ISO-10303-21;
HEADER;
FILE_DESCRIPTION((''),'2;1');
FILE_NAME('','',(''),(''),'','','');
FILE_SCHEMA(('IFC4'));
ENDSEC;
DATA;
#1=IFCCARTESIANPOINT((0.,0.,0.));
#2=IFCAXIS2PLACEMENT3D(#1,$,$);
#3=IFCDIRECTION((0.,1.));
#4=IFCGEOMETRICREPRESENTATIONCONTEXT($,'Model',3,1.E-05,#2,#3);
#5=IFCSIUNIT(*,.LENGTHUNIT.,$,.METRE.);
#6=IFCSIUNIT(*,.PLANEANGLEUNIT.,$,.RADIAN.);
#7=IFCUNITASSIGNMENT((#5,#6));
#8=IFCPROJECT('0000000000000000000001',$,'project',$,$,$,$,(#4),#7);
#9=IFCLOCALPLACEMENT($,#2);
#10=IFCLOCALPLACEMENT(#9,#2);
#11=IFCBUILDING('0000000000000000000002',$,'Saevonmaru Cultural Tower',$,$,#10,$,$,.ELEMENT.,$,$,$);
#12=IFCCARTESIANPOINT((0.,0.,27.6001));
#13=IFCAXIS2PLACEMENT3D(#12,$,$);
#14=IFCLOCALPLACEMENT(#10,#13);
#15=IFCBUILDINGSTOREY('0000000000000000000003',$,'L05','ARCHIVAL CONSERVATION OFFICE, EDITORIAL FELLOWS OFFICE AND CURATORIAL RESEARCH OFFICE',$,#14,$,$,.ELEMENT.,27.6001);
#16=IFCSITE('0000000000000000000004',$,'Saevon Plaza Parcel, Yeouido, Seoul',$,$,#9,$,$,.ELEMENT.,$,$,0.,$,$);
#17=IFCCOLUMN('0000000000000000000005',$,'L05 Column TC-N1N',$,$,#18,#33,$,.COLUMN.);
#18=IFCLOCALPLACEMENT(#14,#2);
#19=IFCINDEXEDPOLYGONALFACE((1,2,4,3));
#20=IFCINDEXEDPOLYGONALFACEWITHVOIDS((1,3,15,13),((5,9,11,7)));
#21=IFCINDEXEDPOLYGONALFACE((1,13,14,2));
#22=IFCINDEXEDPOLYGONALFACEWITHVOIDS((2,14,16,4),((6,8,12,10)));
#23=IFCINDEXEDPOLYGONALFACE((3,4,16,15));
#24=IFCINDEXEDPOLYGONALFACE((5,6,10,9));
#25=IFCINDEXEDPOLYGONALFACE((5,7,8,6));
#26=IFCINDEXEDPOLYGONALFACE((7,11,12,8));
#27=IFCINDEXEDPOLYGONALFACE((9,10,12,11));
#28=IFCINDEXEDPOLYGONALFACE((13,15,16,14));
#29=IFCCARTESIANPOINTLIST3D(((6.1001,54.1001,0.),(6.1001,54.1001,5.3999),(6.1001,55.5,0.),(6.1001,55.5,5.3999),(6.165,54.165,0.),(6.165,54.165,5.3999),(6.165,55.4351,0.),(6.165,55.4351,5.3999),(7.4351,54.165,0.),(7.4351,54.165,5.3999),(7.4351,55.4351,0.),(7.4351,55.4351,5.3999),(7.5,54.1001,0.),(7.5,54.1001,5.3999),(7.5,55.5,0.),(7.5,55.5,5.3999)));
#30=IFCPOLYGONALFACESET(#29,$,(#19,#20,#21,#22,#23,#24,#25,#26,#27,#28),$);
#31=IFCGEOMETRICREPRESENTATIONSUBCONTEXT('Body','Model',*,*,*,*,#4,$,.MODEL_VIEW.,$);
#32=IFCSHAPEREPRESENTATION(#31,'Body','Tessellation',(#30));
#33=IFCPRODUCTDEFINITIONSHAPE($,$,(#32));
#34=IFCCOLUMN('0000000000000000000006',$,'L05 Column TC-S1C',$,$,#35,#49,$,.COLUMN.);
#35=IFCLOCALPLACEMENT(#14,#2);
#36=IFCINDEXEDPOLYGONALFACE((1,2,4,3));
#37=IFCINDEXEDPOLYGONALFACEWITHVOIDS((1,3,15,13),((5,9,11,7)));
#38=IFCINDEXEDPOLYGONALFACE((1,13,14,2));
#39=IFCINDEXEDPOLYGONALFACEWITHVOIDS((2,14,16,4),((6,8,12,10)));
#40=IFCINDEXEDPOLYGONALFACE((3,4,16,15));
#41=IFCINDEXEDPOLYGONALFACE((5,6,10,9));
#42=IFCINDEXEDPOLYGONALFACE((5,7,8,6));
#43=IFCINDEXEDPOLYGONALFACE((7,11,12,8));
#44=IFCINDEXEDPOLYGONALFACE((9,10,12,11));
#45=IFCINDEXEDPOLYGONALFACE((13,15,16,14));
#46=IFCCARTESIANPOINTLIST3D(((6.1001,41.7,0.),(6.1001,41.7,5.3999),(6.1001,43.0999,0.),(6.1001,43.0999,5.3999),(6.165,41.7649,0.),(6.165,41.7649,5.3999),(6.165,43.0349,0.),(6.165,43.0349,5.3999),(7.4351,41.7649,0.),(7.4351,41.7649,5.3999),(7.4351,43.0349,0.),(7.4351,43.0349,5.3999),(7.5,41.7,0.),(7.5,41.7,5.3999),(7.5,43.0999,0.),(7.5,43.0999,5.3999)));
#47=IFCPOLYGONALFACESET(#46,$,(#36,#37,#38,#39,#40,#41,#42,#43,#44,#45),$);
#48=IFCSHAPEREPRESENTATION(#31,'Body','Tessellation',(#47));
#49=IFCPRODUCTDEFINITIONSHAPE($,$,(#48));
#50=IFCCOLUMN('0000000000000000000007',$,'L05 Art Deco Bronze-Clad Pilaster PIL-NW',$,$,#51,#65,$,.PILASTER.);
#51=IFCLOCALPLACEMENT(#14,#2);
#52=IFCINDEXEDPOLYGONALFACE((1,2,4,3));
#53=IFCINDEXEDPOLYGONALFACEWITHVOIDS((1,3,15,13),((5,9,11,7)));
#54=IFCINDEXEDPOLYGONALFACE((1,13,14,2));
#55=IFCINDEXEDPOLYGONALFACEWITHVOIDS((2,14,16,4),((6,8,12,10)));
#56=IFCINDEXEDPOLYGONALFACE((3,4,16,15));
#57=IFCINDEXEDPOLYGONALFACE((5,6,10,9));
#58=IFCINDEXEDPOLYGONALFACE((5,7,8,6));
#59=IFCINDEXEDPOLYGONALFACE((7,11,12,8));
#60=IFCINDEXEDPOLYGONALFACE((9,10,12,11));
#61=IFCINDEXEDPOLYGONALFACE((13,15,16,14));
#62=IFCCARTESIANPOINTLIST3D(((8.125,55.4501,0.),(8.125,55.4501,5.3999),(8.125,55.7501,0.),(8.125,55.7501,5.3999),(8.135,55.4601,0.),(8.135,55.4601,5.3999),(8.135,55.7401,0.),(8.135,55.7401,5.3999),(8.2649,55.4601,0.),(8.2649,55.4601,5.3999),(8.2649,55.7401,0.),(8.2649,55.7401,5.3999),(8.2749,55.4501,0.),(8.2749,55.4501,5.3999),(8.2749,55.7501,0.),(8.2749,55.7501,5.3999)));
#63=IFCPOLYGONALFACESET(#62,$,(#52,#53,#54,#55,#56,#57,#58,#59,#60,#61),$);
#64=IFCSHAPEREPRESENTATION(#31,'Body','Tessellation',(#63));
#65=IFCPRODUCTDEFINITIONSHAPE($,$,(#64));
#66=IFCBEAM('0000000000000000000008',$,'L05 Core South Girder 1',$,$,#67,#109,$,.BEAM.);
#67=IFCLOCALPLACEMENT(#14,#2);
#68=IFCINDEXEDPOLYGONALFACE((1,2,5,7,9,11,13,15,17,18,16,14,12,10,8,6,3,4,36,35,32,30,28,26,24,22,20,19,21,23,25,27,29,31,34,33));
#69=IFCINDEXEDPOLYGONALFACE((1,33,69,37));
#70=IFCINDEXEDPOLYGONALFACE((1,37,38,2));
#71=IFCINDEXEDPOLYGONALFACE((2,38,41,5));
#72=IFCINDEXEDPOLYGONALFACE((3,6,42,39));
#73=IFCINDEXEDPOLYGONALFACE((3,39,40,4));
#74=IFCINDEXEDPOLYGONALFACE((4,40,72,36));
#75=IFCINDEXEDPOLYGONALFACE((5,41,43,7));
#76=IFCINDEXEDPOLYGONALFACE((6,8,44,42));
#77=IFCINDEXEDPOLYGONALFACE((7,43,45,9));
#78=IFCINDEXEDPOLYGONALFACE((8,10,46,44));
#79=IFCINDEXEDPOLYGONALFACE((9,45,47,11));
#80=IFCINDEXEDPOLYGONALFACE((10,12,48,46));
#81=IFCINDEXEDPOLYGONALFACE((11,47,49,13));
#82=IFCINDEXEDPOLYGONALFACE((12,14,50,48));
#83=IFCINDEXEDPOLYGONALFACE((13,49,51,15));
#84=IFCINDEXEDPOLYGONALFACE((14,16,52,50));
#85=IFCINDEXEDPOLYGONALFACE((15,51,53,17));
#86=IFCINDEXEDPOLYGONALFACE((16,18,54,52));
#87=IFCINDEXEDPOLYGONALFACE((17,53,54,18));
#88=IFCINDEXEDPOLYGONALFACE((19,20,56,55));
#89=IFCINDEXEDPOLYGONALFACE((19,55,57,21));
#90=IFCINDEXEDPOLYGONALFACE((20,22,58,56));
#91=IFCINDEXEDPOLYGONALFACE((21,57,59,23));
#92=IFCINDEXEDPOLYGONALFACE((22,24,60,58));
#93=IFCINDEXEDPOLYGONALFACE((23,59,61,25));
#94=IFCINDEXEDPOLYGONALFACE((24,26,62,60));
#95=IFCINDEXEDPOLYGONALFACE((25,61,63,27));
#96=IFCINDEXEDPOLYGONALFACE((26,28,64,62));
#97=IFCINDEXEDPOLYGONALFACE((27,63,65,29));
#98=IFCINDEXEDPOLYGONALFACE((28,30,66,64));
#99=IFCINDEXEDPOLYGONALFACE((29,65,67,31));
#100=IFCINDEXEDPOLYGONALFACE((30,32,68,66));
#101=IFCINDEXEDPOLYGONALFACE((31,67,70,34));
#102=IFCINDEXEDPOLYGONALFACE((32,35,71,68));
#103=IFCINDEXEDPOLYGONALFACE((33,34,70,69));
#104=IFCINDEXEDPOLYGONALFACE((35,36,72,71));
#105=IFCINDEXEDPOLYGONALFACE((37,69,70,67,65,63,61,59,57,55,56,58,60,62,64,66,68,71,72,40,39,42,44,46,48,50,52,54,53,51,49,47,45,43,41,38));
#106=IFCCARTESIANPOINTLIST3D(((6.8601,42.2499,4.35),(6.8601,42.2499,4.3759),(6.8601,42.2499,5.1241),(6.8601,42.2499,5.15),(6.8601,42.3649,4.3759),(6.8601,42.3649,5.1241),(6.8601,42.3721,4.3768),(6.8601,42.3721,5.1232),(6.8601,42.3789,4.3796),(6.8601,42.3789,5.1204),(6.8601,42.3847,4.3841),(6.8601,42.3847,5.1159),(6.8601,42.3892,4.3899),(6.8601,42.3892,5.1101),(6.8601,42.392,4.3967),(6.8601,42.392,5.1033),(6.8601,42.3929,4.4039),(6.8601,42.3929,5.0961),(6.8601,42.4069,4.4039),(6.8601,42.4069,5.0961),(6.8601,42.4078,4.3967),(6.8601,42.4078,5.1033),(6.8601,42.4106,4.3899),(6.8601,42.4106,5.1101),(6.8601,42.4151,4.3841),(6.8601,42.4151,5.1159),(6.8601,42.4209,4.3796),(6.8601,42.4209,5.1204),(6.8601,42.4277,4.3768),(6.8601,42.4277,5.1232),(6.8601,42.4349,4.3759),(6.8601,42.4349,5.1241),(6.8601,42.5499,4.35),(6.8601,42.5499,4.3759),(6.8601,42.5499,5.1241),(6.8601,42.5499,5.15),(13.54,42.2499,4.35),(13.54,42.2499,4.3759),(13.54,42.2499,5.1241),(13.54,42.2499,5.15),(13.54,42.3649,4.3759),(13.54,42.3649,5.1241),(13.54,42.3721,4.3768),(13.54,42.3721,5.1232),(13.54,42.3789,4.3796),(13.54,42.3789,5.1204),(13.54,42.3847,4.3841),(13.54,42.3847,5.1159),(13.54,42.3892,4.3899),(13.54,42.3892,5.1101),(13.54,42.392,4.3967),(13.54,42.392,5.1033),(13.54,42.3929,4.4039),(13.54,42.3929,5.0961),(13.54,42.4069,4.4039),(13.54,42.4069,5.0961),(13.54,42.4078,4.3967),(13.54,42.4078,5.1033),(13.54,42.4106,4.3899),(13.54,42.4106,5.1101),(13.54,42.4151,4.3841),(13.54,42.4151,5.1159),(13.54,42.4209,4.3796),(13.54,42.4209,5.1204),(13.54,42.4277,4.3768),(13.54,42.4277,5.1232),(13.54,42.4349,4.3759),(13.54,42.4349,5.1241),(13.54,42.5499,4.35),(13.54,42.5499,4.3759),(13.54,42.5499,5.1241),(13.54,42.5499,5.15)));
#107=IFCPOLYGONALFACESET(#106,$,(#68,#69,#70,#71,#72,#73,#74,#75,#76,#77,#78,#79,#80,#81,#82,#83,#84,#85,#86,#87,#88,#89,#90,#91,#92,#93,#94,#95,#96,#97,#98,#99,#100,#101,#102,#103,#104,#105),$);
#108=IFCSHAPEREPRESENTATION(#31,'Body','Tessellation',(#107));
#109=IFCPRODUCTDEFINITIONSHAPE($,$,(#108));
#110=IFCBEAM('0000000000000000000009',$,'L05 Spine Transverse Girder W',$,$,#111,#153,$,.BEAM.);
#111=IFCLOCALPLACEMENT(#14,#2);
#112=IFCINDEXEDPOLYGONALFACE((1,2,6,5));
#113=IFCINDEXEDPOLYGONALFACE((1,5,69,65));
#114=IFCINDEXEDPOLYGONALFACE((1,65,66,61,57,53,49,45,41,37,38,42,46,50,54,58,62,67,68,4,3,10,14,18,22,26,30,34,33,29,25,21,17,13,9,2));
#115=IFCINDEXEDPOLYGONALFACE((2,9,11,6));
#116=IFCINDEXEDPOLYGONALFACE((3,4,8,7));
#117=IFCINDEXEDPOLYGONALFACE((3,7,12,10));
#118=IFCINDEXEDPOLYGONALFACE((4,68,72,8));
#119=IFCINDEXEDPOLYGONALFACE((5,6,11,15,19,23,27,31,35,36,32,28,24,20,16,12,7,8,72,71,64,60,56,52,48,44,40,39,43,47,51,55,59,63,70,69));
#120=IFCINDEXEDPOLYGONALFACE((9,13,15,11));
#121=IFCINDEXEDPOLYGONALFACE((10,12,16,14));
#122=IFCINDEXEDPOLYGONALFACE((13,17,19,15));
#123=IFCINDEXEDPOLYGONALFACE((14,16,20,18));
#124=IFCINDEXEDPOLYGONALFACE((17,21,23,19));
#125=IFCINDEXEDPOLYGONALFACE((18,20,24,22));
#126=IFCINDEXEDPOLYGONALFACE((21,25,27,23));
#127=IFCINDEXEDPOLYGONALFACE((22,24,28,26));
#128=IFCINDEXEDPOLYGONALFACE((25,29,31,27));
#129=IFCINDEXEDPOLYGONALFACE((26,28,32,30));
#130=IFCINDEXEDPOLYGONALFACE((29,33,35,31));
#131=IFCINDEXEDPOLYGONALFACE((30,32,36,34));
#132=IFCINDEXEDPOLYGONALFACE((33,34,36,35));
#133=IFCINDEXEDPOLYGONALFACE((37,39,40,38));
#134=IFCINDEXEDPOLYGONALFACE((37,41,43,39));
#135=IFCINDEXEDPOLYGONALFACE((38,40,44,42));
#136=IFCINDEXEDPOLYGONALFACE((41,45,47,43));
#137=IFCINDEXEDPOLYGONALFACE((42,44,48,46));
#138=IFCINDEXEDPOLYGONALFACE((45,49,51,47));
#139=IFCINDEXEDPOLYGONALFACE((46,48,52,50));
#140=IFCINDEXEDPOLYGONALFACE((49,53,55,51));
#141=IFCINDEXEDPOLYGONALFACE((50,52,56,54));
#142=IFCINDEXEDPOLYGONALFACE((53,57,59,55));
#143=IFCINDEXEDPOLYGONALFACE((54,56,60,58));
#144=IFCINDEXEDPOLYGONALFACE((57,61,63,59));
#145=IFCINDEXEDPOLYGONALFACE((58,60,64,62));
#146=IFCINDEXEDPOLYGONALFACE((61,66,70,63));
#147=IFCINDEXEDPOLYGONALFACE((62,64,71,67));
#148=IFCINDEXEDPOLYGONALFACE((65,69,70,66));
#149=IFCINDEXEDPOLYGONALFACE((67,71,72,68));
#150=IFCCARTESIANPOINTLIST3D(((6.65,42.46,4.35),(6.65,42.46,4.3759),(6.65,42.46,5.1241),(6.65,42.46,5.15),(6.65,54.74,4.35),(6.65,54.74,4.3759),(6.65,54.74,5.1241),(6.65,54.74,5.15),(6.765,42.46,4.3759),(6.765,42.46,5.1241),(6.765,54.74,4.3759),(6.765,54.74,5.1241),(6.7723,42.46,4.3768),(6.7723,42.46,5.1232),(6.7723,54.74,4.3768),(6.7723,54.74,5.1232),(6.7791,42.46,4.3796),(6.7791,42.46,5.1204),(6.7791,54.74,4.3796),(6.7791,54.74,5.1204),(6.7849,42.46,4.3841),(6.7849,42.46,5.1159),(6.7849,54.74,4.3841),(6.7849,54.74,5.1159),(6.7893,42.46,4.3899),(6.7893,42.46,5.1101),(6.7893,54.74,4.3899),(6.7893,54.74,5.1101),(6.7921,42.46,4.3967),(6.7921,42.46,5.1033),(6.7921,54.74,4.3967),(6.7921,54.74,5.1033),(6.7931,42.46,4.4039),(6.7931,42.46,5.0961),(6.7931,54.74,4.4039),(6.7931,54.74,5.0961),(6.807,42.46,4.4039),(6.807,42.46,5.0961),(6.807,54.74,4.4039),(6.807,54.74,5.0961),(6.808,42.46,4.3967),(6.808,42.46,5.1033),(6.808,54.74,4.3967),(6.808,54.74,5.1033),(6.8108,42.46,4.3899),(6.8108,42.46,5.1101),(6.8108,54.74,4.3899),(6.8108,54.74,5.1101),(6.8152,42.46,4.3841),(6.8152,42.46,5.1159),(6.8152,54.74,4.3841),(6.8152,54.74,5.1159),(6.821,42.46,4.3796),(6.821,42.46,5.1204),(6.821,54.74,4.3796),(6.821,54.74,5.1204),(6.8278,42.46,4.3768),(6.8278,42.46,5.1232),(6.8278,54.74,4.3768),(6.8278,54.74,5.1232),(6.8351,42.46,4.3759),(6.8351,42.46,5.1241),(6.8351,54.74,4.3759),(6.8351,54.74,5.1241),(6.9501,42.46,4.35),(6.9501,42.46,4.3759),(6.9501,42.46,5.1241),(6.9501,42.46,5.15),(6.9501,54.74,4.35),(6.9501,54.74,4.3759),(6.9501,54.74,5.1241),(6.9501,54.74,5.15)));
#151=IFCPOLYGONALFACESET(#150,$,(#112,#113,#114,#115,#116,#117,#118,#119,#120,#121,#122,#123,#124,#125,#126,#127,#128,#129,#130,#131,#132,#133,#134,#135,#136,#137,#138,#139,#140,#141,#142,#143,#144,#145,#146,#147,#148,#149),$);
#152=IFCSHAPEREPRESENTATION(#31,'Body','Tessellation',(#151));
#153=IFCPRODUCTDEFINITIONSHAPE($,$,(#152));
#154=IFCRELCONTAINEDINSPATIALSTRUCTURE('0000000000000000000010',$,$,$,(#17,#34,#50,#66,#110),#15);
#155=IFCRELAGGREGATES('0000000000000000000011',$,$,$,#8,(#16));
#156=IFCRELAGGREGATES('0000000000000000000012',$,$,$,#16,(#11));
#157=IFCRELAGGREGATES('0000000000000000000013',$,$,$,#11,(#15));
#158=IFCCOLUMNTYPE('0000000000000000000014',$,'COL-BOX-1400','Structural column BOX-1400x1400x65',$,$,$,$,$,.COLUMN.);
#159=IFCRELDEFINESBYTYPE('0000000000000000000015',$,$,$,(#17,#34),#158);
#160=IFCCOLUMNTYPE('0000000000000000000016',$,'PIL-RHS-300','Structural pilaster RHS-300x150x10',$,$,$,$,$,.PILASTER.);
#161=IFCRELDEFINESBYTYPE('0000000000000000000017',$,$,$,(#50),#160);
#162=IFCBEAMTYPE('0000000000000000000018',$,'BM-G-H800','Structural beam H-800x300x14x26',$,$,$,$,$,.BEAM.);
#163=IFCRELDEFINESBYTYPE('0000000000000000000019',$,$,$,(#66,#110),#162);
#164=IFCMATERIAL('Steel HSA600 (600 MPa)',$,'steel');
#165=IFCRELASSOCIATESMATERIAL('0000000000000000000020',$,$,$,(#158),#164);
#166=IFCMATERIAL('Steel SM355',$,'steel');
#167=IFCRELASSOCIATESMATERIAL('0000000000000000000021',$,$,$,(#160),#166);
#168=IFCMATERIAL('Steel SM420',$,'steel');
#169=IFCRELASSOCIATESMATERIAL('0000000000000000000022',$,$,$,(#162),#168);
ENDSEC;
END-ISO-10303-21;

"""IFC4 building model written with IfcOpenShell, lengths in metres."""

from ifc_helpers import new_model, si_unit, direction, frame, origin, origin_2d, place, context, subcontext, project, spatial, hollow_rectangle, i_section, extrude, material, material_profile, profile_set, type_object, element, save


model = new_model("IFC4")

# Units and contexts
model_context = context("Model", 3, precision=1e-05, world=origin(), true_north=direction((0.0, 1.0)))
body_context = subcontext(model_context, "Body", "Model", "MODEL_VIEW")
ifc_project = project(units=[si_unit("LENGTHUNIT", "METRE"), si_unit("PLANEANGLEUNIT", "RADIAN")], contexts=[model_context])

# Site, building, storey
site_placement = place(None, origin())
site = spatial("IfcSite", under=ifc_project, at=site_placement, Name="Saevon Plaza Parcel, Yeouido, Seoul", CompositionType="ELEMENT", RefElevation=0.0)
building_placement = place(site_placement, origin())
building = spatial("IfcBuilding", under=site, at=building_placement, Name="Saevonmaru Cultural Tower", CompositionType="ELEMENT")
storey_placement = place(building_placement, frame((0.0, 0.0, 27.6001)))
storey = spatial("IfcBuildingStorey", under=building, at=storey_placement, Name="L05", Description="ARCHIVAL CONSERVATION OFFICE, EDITORIAL FELLOWS OFFICE AND CURATORIAL RESEARCH OFFICE", CompositionType="ELEMENT", Elevation=27.6001)

# Columns
ifc_material_1 = material(Name="Steel HSA600 (600 MPa)", Category="steel")
ifc_material_profile_1 = material_profile(ifc_material_1, hollow_rectangle(XDim=1.3999, YDim=1.3999, WallThickness=0.0649, at=origin_2d()), Name="BOX-1400x1400x65")
ifc_profile_set_1 = profile_set([ifc_material_profile_1], Name="Steel HSA600 (600 MPa)")
column_type_1 = type_object("IfcColumnType", Name="COL-BOX-1400", Description="Structural column BOX-1400x1400x65", PredefinedType="COLUMN", material=ifc_profile_set_1)
for number, where, z_axis, x_axis, name in (
    (1, (6.8, 54.8, 0.0), (0.0, 0.0, 1.0), (1.0, 0.0, 0.0), "L05 Column TC-N1N"),
    (2, (6.8, 42.3999, 0.0), (0.0, 0.0, 1.0), (1.0, 0.0, 0.0), "L05 Column TC-S1C"),
):
    element("IfcColumn", number, at=place(storey_placement, frame(where, z_axis=z_axis, x_axis=x_axis)), inside=storey, type_object=column_type_1, Name=name, PredefinedType="COLUMN", context=body_context, shape_type="SweptSolid", body=[
        extrude(hollow_rectangle(XDim=1.3999, YDim=1.3999, WallThickness=0.0649, at=origin_2d()), origin(), (0.0, 0.0, 1.0), 5.3999),
    ])
ifc_material_2 = material(Name="Steel SM355", Category="steel")
ifc_material_profile_2 = material_profile(ifc_material_2, hollow_rectangle(XDim=0.1499, YDim=0.3, WallThickness=0.01, at=origin_2d()), Name="RHS-300x150x10")
ifc_profile_set_2 = profile_set([ifc_material_profile_2], Name="Steel SM355")
column_type_2 = type_object("IfcColumnType", Name="PIL-RHS-300", Description="Structural pilaster RHS-300x150x10", PredefinedType="PILASTER", material=ifc_profile_set_2)
column_placement = place(storey_placement, frame((8.2, 55.6001, 0.0), z_axis=(0.0, 0.0, 1.0), x_axis=(1.0, 0.0, 0.0)))
element("IfcColumn", 3, at=column_placement, inside=storey, type_object=column_type_2, Name="L05 Art Deco Bronze-Clad Pilaster PIL-NW", PredefinedType="PILASTER", context=body_context, shape_type="SweptSolid", body=[
    extrude(hollow_rectangle(XDim=0.1499, YDim=0.3, WallThickness=0.01, at=origin_2d()), origin(), (0.0, 0.0, 1.0), 5.3999),
])

# Beams
ifc_material_3 = material(Name="Steel SM420", Category="steel")
ifc_material_profile_3 = material_profile(ifc_material_3, i_section(OverallWidth=0.3, OverallDepth=0.8, WebThickness=0.0139, FlangeThickness=0.0259, FilletRadius=0.0281, at=origin_2d()), Name="H-800x300x14x26")
ifc_profile_set_3 = profile_set([ifc_material_profile_3], Name="Steel SM420")
beam_type_1 = type_object("IfcBeamType", Name="BM-G-H800", Description="Structural beam H-800x300x14x26", PredefinedType="BEAM", material=ifc_profile_set_3)
beam_1_placement = place(storey_placement, frame((6.8601, 42.3999, 4.75), z_axis=(1.0, 0.0, 0.0), x_axis=(0.0, 1.0, 0.0)))
element("IfcBeam", 4, at=beam_1_placement, inside=storey, type_object=beam_type_1, Name="L05 Core South Girder 1", PredefinedType="BEAM", context=body_context, shape_type="SweptSolid", body=[
    extrude(i_section(OverallWidth=0.3, OverallDepth=0.8, WebThickness=0.0139, FlangeThickness=0.0259, FilletRadius=0.0281, at=origin_2d()), origin(), (0.0, 0.0, 1.0), 6.6799),
])
beam_2_placement = place(storey_placement, frame((6.8, 54.74, 4.75), z_axis=(0.0, -1.0, 0.0), x_axis=(1.0, 0.0, 0.0)))
element("IfcBeam", 5, at=beam_2_placement, inside=storey, type_object=beam_type_1, Name="L05 Spine Transverse Girder W", PredefinedType="BEAM", context=body_context, shape_type="SweptSolid", body=[
    extrude(i_section(OverallWidth=0.3, OverallDepth=0.8, WebThickness=0.0139, FlangeThickness=0.0259, FilletRadius=0.0281, at=origin_2d()), origin(), (0.0, 0.0, 1.0), 12.28),
])

save(model, "model.ifc")
